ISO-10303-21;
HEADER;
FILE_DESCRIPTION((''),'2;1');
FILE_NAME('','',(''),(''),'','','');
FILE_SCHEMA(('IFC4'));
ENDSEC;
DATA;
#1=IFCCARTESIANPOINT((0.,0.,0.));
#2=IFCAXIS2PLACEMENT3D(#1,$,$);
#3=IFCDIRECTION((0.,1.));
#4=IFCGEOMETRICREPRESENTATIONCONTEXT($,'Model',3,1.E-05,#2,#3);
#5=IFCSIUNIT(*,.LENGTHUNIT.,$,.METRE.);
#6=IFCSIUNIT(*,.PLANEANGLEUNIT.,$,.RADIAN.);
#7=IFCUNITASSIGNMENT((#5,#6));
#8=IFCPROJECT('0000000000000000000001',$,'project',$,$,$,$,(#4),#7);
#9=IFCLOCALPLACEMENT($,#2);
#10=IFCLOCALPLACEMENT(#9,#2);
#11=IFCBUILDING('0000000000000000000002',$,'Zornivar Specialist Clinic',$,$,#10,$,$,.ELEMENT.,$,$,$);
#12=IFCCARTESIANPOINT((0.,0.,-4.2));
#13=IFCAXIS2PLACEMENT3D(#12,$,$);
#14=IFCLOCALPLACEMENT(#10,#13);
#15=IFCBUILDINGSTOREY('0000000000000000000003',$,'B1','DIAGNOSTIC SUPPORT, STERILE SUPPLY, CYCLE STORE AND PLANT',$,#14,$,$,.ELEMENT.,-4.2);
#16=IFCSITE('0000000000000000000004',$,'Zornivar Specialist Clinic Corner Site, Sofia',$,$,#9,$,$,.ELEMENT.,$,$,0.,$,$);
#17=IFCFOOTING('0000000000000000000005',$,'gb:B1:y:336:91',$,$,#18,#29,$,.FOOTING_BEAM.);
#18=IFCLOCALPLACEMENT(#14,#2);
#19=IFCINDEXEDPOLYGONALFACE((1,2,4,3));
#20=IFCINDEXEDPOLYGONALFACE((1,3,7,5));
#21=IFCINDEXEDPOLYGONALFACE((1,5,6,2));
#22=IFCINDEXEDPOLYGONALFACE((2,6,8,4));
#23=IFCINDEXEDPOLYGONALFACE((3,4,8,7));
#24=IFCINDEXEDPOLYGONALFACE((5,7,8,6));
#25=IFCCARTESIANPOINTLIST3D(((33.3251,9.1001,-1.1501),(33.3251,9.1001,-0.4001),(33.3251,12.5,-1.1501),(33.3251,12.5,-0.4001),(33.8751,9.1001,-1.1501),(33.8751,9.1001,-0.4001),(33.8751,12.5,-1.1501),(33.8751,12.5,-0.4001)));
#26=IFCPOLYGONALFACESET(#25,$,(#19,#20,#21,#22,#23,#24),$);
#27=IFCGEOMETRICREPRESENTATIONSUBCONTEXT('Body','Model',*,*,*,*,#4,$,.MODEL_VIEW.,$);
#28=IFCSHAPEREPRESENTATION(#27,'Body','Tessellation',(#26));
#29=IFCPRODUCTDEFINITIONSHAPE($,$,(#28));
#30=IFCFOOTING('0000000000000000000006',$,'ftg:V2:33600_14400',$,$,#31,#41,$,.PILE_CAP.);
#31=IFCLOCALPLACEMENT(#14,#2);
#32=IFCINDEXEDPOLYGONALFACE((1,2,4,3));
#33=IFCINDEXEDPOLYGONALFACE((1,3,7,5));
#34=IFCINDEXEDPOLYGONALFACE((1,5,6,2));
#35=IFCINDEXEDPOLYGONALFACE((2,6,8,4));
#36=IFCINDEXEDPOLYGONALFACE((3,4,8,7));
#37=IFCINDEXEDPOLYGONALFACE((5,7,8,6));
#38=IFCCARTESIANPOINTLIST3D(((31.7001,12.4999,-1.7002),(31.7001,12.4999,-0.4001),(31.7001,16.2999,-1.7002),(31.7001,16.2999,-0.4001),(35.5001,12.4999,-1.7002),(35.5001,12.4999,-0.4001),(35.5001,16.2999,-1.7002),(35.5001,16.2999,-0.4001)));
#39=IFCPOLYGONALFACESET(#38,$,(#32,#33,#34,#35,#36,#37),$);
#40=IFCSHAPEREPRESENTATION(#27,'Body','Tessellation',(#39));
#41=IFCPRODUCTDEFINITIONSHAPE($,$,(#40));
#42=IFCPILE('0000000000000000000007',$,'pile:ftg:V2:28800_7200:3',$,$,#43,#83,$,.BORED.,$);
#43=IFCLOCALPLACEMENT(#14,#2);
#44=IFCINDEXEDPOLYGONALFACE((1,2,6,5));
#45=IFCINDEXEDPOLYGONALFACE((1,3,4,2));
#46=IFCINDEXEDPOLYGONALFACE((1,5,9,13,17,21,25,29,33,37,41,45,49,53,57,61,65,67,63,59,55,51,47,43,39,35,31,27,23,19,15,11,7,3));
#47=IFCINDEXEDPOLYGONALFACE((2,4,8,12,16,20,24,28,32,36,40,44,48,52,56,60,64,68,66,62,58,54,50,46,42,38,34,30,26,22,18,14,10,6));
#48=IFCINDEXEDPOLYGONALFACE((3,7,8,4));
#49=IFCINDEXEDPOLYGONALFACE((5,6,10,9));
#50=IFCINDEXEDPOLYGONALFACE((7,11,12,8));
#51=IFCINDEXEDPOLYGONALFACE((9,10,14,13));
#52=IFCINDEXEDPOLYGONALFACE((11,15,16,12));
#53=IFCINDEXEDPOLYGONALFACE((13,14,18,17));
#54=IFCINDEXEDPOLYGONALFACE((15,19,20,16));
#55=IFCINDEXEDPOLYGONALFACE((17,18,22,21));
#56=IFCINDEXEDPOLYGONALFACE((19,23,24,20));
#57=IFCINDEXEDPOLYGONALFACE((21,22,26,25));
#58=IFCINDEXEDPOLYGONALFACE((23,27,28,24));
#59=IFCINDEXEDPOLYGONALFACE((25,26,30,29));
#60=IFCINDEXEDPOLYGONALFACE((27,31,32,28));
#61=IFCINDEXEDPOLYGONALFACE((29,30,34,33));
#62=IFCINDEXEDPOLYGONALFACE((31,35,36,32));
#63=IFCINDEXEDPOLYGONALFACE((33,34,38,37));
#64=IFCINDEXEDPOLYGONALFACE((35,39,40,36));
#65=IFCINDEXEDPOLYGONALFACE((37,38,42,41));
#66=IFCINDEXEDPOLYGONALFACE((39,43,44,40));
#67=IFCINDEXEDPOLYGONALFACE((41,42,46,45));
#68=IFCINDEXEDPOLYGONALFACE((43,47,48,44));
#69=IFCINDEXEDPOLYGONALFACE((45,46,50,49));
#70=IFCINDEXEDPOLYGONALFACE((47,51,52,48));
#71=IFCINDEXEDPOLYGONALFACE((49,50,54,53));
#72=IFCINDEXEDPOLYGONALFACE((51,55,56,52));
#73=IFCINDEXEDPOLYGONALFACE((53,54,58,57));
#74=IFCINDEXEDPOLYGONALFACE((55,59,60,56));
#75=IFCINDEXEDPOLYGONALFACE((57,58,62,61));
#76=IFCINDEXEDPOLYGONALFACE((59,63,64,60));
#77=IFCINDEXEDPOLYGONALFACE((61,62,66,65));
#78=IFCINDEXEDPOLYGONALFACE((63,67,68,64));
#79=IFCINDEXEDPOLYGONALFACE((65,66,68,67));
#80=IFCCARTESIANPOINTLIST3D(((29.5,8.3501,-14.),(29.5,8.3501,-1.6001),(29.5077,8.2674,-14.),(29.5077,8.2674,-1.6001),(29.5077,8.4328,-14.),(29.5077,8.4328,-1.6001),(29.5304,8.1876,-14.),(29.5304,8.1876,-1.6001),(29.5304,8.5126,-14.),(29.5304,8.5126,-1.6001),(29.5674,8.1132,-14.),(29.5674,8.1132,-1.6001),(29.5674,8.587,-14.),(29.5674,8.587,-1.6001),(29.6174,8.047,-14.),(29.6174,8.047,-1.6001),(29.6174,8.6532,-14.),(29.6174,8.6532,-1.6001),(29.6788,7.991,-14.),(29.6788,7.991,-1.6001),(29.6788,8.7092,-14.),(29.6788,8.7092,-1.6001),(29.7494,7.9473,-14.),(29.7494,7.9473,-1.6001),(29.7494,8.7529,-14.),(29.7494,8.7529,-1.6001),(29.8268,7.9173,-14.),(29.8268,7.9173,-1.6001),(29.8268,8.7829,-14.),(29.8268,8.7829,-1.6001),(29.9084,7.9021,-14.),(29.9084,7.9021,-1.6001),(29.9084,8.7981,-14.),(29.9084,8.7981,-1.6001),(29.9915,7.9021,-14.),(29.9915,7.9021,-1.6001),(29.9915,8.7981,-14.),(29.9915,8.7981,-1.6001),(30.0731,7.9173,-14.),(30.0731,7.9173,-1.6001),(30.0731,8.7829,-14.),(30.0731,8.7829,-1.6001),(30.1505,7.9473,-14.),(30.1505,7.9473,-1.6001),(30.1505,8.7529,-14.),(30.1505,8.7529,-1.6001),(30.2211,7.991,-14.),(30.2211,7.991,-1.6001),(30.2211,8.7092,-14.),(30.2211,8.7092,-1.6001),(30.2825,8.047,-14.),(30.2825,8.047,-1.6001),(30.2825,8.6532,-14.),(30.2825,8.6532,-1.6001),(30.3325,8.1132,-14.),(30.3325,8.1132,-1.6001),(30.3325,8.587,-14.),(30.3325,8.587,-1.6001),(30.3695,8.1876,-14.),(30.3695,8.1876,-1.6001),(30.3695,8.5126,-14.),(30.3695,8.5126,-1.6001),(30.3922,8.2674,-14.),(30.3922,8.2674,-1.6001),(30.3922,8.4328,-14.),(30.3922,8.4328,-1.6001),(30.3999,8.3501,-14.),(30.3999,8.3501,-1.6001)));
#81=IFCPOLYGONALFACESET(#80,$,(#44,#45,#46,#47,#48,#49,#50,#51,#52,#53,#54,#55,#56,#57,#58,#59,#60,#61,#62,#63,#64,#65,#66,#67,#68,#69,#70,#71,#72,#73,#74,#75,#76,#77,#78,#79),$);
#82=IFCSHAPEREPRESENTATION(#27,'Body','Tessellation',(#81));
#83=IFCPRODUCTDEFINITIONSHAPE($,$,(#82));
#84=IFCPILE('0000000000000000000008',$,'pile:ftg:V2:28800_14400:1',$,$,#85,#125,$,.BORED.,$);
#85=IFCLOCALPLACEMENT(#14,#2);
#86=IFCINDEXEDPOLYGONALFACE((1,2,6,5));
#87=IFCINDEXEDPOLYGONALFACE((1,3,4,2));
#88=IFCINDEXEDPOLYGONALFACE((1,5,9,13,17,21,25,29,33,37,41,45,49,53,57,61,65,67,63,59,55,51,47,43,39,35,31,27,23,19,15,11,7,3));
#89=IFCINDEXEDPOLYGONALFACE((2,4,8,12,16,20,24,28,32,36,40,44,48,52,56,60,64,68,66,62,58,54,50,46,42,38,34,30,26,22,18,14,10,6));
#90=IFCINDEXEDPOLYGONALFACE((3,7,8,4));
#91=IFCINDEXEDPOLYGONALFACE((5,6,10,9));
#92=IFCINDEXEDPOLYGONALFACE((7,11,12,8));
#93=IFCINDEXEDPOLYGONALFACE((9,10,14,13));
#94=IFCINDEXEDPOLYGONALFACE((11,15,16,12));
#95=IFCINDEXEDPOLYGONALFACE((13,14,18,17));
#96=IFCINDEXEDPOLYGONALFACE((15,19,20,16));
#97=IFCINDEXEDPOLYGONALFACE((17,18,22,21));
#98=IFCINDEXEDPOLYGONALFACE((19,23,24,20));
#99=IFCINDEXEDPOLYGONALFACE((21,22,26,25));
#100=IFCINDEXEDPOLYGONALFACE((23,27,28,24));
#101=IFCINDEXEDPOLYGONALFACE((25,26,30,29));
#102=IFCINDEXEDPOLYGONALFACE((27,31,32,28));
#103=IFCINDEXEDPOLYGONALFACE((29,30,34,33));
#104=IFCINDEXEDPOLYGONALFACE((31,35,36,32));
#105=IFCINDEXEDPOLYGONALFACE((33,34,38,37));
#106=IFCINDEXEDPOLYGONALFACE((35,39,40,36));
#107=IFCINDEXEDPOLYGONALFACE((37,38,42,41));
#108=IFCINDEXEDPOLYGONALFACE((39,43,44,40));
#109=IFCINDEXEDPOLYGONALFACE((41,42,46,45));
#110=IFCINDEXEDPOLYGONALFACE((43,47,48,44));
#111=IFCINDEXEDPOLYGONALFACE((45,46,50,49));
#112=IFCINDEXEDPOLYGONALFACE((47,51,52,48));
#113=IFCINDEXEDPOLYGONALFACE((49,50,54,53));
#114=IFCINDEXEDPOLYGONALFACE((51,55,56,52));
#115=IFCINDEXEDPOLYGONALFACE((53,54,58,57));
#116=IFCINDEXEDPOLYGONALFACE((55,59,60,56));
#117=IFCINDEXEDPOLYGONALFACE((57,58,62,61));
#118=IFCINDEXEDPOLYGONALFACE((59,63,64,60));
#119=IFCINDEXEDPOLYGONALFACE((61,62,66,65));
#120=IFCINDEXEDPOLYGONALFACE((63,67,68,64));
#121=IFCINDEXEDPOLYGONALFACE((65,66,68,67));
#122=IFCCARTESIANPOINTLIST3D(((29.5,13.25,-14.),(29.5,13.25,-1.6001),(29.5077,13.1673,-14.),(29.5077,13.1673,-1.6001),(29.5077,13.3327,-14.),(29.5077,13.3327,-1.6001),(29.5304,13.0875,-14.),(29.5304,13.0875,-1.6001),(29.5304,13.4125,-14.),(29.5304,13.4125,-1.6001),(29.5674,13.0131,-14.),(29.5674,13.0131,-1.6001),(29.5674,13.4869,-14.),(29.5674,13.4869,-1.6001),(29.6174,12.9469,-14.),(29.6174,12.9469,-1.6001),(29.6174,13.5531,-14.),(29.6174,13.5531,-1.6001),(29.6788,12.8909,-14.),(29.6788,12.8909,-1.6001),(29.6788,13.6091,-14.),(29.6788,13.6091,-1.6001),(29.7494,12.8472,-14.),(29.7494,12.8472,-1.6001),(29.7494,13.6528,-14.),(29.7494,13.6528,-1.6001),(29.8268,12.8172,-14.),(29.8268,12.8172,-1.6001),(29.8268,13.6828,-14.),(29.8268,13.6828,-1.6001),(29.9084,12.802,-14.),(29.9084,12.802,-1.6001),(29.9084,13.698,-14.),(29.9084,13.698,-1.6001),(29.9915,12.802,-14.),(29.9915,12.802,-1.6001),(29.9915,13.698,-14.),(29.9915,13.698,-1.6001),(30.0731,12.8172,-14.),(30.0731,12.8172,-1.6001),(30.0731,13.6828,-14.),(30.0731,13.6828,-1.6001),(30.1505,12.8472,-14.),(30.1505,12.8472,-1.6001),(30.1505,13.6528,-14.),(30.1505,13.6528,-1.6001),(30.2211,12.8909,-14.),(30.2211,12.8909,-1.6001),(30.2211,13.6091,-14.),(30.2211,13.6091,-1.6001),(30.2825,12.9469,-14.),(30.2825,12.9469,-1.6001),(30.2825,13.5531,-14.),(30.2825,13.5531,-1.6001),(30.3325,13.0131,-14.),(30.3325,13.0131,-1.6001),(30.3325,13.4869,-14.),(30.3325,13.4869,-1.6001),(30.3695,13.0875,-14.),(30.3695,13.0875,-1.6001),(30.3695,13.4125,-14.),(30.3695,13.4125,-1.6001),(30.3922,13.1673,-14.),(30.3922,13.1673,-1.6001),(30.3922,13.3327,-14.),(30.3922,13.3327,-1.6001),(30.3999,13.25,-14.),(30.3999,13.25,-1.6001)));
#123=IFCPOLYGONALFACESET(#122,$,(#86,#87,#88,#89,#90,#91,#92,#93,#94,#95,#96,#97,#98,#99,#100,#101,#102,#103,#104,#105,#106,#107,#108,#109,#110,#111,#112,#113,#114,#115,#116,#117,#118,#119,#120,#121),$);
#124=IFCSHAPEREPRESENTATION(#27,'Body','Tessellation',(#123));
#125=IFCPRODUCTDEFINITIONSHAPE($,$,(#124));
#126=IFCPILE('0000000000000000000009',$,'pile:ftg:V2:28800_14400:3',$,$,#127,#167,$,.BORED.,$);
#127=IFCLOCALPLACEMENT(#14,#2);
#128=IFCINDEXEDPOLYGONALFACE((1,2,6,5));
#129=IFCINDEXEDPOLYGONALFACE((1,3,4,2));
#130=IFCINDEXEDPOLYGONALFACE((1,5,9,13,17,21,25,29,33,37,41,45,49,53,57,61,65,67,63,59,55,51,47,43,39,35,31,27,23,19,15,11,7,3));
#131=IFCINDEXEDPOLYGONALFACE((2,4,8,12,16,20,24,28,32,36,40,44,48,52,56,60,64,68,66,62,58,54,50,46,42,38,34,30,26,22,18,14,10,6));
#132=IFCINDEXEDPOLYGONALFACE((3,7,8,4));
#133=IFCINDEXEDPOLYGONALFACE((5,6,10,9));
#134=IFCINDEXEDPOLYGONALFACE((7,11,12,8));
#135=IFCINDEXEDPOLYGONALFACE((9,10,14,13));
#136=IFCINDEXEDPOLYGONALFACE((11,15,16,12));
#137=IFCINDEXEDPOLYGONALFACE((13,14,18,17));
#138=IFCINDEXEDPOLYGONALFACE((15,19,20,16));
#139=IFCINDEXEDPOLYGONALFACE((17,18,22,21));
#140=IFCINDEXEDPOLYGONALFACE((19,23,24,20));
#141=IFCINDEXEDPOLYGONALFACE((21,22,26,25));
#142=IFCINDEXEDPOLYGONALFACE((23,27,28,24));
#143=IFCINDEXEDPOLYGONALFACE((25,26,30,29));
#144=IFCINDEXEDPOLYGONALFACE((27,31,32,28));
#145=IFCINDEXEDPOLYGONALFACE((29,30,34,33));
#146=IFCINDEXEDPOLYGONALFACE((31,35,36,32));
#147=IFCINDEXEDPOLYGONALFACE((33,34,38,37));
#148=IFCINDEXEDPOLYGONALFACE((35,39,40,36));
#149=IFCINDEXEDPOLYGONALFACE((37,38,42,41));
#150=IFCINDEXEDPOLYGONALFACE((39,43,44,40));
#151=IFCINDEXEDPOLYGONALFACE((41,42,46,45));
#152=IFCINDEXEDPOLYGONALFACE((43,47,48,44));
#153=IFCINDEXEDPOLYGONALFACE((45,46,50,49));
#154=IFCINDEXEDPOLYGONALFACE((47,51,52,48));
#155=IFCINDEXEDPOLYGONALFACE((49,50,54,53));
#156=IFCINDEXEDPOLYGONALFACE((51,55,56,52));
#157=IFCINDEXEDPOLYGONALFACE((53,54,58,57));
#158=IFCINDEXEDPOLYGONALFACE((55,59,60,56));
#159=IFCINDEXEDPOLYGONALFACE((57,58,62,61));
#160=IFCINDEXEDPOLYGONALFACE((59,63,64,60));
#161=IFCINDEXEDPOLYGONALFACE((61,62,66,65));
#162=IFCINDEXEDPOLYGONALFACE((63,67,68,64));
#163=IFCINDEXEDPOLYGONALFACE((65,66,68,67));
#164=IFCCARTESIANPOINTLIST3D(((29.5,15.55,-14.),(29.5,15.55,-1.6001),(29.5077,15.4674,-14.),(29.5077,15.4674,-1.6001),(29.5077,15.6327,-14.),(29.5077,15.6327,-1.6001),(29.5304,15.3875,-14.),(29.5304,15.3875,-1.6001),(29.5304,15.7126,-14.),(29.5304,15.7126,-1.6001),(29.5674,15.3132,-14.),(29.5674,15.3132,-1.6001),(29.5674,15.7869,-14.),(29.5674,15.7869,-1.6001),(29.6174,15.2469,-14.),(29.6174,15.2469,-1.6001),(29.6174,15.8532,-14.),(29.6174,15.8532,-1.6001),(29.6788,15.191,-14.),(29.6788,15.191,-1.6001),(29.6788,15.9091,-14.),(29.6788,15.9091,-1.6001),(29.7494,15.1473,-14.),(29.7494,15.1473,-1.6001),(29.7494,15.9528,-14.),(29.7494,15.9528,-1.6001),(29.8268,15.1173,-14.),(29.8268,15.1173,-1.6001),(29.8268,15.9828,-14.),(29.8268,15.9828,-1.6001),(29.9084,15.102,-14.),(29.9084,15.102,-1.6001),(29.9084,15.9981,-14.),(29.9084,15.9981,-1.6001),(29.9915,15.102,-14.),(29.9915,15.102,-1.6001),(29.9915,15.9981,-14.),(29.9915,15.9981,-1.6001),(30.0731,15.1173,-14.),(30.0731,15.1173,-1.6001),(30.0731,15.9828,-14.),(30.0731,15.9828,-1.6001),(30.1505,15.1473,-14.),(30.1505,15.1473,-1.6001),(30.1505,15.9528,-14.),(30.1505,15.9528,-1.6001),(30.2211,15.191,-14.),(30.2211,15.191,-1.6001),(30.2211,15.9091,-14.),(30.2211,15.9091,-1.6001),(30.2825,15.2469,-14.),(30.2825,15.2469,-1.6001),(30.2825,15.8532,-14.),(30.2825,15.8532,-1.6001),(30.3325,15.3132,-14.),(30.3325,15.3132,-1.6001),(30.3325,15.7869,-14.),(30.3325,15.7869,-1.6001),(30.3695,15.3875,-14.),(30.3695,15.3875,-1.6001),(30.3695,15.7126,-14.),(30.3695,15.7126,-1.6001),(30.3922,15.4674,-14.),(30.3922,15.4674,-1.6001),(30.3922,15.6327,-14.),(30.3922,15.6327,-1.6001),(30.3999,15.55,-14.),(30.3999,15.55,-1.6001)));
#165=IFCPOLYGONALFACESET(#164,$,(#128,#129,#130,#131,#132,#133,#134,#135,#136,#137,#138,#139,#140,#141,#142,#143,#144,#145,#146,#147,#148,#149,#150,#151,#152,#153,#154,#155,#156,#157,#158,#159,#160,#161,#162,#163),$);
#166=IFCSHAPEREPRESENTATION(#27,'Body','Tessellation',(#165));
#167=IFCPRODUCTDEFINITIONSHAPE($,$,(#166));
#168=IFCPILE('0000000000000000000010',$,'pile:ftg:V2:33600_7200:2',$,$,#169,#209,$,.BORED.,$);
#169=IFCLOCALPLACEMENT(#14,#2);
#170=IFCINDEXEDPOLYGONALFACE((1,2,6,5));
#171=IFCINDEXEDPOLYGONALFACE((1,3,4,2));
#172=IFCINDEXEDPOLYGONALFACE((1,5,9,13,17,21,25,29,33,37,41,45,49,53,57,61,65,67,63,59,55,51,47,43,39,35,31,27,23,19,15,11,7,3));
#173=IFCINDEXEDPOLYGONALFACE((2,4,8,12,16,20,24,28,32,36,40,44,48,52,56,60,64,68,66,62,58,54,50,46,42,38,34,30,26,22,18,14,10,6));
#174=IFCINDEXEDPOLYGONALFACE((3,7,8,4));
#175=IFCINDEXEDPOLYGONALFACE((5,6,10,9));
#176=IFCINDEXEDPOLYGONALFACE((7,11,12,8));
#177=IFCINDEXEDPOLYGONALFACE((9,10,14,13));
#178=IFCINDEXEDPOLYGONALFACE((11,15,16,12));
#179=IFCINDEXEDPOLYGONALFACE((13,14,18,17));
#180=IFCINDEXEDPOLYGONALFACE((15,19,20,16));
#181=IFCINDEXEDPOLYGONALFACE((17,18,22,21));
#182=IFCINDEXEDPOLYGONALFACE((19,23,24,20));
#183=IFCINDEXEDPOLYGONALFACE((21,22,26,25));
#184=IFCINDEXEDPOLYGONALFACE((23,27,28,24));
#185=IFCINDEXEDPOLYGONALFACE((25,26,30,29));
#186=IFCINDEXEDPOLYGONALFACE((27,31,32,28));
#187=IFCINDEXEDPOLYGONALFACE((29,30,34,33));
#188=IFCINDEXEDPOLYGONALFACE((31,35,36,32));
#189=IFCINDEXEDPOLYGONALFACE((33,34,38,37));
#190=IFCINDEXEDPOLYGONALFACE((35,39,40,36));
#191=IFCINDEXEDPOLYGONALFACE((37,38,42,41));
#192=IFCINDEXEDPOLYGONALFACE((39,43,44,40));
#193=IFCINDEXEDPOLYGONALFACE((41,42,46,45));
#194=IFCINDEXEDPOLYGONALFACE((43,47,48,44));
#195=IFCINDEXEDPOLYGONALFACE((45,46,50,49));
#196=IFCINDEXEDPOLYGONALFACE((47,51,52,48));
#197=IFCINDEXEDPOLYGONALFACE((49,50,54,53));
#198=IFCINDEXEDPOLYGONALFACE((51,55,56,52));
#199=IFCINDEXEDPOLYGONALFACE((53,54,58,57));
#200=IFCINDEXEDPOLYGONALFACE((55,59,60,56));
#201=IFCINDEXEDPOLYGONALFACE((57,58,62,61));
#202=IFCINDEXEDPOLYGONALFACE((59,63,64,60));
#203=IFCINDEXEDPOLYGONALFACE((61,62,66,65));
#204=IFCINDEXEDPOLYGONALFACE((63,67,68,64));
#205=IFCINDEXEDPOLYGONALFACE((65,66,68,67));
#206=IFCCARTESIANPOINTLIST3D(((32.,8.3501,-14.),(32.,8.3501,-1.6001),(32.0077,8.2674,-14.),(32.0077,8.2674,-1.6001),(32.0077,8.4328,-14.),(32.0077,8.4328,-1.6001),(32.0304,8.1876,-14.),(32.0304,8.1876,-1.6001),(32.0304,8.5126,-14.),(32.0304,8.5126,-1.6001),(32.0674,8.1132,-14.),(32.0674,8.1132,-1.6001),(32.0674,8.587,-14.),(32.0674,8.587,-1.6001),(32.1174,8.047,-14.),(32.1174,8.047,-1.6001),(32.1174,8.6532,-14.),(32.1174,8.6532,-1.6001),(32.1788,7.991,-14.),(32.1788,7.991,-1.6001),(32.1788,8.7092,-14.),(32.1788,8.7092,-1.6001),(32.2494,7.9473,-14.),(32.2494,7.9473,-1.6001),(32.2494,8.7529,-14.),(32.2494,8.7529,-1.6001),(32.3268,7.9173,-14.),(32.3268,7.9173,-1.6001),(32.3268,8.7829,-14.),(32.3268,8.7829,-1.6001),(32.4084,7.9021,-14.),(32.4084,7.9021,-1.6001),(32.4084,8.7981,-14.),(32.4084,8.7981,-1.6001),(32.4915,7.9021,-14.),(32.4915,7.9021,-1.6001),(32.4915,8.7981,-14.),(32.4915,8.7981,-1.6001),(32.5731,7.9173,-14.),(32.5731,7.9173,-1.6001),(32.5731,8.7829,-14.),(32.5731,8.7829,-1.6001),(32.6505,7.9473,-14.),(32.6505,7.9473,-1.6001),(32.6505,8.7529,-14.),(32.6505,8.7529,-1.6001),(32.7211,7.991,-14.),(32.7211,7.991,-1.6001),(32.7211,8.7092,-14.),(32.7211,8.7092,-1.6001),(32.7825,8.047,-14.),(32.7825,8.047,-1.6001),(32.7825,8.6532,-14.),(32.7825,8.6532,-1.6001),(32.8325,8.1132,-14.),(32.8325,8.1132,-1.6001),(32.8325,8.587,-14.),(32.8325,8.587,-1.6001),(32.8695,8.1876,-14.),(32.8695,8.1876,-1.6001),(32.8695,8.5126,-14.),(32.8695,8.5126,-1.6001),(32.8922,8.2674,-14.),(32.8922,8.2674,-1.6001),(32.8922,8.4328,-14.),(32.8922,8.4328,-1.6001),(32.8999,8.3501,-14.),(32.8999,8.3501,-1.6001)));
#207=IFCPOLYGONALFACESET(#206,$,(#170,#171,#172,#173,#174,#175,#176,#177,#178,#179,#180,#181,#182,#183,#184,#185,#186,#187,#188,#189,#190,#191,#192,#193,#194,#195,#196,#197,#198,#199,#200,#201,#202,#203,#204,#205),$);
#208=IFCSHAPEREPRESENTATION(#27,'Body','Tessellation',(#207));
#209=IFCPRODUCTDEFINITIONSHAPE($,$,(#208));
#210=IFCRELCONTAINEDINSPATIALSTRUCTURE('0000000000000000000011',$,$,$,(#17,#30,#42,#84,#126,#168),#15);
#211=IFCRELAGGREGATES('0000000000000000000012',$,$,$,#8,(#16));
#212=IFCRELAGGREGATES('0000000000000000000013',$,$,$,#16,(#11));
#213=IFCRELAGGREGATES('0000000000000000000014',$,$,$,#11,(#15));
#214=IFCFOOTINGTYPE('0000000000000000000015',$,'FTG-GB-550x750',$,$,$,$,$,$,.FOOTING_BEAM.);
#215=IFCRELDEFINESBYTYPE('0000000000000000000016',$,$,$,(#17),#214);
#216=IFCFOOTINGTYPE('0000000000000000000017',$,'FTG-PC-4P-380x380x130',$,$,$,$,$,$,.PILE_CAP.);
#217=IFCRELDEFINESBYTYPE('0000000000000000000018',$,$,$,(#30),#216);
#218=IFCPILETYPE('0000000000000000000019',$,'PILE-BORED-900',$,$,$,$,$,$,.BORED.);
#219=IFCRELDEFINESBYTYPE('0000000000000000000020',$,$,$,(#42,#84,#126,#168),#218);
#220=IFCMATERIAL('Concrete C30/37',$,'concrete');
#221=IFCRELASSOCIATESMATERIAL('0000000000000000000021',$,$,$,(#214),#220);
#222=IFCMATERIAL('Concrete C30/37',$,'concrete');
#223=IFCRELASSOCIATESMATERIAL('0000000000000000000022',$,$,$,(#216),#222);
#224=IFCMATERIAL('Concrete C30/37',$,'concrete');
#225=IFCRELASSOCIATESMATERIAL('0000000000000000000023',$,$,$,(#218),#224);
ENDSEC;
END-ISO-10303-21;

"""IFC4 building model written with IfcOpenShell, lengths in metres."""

from ifc_helpers import new_model, si_unit, direction, frame, origin, origin_2d, place, context, subcontext, project, spatial, rectangle, circle, extrude, material, material_profile, profile_set, type_object, element, save


model = new_model("IFC4")

# Units and contexts
model_context = context("Model", 3, precision=1e-05, world=origin(), true_north=direction((0.0, 1.0)))
body_context = subcontext(model_context, "Body", "Model", "MODEL_VIEW")
ifc_project = project(units=[si_unit("LENGTHUNIT", "METRE"), si_unit("PLANEANGLEUNIT", "RADIAN")], contexts=[model_context])

# Site, building, storey
site_placement = place(None, origin())
site = spatial("IfcSite", under=ifc_project, at=site_placement, Name="Zornivar Specialist Clinic Corner Site, Sofia", CompositionType="ELEMENT", RefElevation=0.0)
building_placement = place(site_placement, origin())
building = spatial("IfcBuilding", under=site, at=building_placement, Name="Zornivar Specialist Clinic", CompositionType="ELEMENT")
storey_placement = place(building_placement, frame((0.0, 0.0, -4.2)))
storey = spatial("IfcBuildingStorey", under=building, at=storey_placement, Name="B1", Description="DIAGNOSTIC SUPPORT, STERILE SUPPLY, CYCLE STORE AND PLANT", CompositionType="ELEMENT", Elevation=-4.2)

# Footings
ifc_material_1 = material(Name="Concrete C30/37", Category="concrete")
ifc_material_profile_1 = material_profile(ifc_material_1, rectangle(XDim=0.55, YDim=0.75, at=origin_2d()), Name="RC 550x750")
ifc_profile_set_1 = profile_set([ifc_material_profile_1], Name="Concrete C30/37")
footing_type_1 = type_object("IfcFootingType", Name="FTG-GB-550x750", PredefinedType="FOOTING_BEAM", material=ifc_profile_set_1)
footing_1_placement = place(storey_placement, frame((33.6001, 9.1001, -0.7751), z_axis=(0.0, 1.0, 0.0), x_axis=(-1.0, 0.0, 0.0)))
element("IfcFooting", 1, at=footing_1_placement, inside=storey, type_object=footing_type_1, Name="gb:B1:y:336:91", PredefinedType="FOOTING_BEAM", context=body_context, shape_type="SweptSolid", body=[
    extrude(rectangle(XDim=0.55, YDim=0.75, at=origin_2d()), origin(), (0.0, 0.0, 1.0), 3.3999),
])
ifc_material_2 = material(Name="Concrete C30/37", Category="concrete")
footing_type_2 = type_object("IfcFootingType", Name="FTG-PC-4P-380x380x130", PredefinedType="PILE_CAP", material=ifc_material_2)
footing_2_placement = place(storey_placement, frame((33.6001, 14.3999, -1.7002), z_axis=(0.0, 0.0, 1.0), x_axis=(1.0, 0.0, 0.0)))
element("IfcFooting", 2, at=footing_2_placement, inside=storey, type_object=footing_type_2, Name="ftg:V2:33600_14400", PredefinedType="PILE_CAP", context=body_context, shape_type="SweptSolid", body=[
    extrude(rectangle(XDim=3.8, YDim=3.8, at=origin_2d()), origin(), (0.0, 0.0, 1.0), 1.3),
])

# Piles
ifc_material_3 = material(Name="Concrete C30/37", Category="concrete")
ifc_material_profile_2 = material_profile(ifc_material_3, circle(Radius=0.45, at=origin_2d()), Name="PILE D900")
ifc_profile_set_2 = profile_set([ifc_material_profile_2], Name="Concrete C30/37")
pile_type = type_object("IfcPileType", Name="PILE-BORED-900", PredefinedType="BORED", material=ifc_profile_set_2)
for number, where, z_axis, x_axis, name in (
    (3, (29.95, 8.3501, -1.6001), (0.0, 0.0, -1.0), (1.0, 0.0, 0.0), "pile:ftg:V2:28800_7200:3"),
    (4, (29.95, 13.25, -1.6001), (0.0, 0.0, -1.0), (1.0, 0.0, 0.0), "pile:ftg:V2:28800_14400:1"),
    (5, (29.95, 15.55, -1.6001), (0.0, 0.0, -1.0), (1.0, 0.0, 0.0), "pile:ftg:V2:28800_14400:3"),
    (6, (32.45, 8.3501, -1.6001), (0.0, 0.0, -1.0), (1.0, 0.0, 0.0), "pile:ftg:V2:33600_7200:2"),
):
    element("IfcPile", number, at=place(storey_placement, frame(where, z_axis=z_axis, x_axis=x_axis)), inside=storey, type_object=pile_type, Name=name, PredefinedType="BORED", context=body_context, shape_type="SweptSolid", body=[
        extrude(circle(Radius=0.45, at=origin_2d()), origin(), (0.0, 0.0, 1.0), 12.3999),
    ])

save(model, "model.ifc")
